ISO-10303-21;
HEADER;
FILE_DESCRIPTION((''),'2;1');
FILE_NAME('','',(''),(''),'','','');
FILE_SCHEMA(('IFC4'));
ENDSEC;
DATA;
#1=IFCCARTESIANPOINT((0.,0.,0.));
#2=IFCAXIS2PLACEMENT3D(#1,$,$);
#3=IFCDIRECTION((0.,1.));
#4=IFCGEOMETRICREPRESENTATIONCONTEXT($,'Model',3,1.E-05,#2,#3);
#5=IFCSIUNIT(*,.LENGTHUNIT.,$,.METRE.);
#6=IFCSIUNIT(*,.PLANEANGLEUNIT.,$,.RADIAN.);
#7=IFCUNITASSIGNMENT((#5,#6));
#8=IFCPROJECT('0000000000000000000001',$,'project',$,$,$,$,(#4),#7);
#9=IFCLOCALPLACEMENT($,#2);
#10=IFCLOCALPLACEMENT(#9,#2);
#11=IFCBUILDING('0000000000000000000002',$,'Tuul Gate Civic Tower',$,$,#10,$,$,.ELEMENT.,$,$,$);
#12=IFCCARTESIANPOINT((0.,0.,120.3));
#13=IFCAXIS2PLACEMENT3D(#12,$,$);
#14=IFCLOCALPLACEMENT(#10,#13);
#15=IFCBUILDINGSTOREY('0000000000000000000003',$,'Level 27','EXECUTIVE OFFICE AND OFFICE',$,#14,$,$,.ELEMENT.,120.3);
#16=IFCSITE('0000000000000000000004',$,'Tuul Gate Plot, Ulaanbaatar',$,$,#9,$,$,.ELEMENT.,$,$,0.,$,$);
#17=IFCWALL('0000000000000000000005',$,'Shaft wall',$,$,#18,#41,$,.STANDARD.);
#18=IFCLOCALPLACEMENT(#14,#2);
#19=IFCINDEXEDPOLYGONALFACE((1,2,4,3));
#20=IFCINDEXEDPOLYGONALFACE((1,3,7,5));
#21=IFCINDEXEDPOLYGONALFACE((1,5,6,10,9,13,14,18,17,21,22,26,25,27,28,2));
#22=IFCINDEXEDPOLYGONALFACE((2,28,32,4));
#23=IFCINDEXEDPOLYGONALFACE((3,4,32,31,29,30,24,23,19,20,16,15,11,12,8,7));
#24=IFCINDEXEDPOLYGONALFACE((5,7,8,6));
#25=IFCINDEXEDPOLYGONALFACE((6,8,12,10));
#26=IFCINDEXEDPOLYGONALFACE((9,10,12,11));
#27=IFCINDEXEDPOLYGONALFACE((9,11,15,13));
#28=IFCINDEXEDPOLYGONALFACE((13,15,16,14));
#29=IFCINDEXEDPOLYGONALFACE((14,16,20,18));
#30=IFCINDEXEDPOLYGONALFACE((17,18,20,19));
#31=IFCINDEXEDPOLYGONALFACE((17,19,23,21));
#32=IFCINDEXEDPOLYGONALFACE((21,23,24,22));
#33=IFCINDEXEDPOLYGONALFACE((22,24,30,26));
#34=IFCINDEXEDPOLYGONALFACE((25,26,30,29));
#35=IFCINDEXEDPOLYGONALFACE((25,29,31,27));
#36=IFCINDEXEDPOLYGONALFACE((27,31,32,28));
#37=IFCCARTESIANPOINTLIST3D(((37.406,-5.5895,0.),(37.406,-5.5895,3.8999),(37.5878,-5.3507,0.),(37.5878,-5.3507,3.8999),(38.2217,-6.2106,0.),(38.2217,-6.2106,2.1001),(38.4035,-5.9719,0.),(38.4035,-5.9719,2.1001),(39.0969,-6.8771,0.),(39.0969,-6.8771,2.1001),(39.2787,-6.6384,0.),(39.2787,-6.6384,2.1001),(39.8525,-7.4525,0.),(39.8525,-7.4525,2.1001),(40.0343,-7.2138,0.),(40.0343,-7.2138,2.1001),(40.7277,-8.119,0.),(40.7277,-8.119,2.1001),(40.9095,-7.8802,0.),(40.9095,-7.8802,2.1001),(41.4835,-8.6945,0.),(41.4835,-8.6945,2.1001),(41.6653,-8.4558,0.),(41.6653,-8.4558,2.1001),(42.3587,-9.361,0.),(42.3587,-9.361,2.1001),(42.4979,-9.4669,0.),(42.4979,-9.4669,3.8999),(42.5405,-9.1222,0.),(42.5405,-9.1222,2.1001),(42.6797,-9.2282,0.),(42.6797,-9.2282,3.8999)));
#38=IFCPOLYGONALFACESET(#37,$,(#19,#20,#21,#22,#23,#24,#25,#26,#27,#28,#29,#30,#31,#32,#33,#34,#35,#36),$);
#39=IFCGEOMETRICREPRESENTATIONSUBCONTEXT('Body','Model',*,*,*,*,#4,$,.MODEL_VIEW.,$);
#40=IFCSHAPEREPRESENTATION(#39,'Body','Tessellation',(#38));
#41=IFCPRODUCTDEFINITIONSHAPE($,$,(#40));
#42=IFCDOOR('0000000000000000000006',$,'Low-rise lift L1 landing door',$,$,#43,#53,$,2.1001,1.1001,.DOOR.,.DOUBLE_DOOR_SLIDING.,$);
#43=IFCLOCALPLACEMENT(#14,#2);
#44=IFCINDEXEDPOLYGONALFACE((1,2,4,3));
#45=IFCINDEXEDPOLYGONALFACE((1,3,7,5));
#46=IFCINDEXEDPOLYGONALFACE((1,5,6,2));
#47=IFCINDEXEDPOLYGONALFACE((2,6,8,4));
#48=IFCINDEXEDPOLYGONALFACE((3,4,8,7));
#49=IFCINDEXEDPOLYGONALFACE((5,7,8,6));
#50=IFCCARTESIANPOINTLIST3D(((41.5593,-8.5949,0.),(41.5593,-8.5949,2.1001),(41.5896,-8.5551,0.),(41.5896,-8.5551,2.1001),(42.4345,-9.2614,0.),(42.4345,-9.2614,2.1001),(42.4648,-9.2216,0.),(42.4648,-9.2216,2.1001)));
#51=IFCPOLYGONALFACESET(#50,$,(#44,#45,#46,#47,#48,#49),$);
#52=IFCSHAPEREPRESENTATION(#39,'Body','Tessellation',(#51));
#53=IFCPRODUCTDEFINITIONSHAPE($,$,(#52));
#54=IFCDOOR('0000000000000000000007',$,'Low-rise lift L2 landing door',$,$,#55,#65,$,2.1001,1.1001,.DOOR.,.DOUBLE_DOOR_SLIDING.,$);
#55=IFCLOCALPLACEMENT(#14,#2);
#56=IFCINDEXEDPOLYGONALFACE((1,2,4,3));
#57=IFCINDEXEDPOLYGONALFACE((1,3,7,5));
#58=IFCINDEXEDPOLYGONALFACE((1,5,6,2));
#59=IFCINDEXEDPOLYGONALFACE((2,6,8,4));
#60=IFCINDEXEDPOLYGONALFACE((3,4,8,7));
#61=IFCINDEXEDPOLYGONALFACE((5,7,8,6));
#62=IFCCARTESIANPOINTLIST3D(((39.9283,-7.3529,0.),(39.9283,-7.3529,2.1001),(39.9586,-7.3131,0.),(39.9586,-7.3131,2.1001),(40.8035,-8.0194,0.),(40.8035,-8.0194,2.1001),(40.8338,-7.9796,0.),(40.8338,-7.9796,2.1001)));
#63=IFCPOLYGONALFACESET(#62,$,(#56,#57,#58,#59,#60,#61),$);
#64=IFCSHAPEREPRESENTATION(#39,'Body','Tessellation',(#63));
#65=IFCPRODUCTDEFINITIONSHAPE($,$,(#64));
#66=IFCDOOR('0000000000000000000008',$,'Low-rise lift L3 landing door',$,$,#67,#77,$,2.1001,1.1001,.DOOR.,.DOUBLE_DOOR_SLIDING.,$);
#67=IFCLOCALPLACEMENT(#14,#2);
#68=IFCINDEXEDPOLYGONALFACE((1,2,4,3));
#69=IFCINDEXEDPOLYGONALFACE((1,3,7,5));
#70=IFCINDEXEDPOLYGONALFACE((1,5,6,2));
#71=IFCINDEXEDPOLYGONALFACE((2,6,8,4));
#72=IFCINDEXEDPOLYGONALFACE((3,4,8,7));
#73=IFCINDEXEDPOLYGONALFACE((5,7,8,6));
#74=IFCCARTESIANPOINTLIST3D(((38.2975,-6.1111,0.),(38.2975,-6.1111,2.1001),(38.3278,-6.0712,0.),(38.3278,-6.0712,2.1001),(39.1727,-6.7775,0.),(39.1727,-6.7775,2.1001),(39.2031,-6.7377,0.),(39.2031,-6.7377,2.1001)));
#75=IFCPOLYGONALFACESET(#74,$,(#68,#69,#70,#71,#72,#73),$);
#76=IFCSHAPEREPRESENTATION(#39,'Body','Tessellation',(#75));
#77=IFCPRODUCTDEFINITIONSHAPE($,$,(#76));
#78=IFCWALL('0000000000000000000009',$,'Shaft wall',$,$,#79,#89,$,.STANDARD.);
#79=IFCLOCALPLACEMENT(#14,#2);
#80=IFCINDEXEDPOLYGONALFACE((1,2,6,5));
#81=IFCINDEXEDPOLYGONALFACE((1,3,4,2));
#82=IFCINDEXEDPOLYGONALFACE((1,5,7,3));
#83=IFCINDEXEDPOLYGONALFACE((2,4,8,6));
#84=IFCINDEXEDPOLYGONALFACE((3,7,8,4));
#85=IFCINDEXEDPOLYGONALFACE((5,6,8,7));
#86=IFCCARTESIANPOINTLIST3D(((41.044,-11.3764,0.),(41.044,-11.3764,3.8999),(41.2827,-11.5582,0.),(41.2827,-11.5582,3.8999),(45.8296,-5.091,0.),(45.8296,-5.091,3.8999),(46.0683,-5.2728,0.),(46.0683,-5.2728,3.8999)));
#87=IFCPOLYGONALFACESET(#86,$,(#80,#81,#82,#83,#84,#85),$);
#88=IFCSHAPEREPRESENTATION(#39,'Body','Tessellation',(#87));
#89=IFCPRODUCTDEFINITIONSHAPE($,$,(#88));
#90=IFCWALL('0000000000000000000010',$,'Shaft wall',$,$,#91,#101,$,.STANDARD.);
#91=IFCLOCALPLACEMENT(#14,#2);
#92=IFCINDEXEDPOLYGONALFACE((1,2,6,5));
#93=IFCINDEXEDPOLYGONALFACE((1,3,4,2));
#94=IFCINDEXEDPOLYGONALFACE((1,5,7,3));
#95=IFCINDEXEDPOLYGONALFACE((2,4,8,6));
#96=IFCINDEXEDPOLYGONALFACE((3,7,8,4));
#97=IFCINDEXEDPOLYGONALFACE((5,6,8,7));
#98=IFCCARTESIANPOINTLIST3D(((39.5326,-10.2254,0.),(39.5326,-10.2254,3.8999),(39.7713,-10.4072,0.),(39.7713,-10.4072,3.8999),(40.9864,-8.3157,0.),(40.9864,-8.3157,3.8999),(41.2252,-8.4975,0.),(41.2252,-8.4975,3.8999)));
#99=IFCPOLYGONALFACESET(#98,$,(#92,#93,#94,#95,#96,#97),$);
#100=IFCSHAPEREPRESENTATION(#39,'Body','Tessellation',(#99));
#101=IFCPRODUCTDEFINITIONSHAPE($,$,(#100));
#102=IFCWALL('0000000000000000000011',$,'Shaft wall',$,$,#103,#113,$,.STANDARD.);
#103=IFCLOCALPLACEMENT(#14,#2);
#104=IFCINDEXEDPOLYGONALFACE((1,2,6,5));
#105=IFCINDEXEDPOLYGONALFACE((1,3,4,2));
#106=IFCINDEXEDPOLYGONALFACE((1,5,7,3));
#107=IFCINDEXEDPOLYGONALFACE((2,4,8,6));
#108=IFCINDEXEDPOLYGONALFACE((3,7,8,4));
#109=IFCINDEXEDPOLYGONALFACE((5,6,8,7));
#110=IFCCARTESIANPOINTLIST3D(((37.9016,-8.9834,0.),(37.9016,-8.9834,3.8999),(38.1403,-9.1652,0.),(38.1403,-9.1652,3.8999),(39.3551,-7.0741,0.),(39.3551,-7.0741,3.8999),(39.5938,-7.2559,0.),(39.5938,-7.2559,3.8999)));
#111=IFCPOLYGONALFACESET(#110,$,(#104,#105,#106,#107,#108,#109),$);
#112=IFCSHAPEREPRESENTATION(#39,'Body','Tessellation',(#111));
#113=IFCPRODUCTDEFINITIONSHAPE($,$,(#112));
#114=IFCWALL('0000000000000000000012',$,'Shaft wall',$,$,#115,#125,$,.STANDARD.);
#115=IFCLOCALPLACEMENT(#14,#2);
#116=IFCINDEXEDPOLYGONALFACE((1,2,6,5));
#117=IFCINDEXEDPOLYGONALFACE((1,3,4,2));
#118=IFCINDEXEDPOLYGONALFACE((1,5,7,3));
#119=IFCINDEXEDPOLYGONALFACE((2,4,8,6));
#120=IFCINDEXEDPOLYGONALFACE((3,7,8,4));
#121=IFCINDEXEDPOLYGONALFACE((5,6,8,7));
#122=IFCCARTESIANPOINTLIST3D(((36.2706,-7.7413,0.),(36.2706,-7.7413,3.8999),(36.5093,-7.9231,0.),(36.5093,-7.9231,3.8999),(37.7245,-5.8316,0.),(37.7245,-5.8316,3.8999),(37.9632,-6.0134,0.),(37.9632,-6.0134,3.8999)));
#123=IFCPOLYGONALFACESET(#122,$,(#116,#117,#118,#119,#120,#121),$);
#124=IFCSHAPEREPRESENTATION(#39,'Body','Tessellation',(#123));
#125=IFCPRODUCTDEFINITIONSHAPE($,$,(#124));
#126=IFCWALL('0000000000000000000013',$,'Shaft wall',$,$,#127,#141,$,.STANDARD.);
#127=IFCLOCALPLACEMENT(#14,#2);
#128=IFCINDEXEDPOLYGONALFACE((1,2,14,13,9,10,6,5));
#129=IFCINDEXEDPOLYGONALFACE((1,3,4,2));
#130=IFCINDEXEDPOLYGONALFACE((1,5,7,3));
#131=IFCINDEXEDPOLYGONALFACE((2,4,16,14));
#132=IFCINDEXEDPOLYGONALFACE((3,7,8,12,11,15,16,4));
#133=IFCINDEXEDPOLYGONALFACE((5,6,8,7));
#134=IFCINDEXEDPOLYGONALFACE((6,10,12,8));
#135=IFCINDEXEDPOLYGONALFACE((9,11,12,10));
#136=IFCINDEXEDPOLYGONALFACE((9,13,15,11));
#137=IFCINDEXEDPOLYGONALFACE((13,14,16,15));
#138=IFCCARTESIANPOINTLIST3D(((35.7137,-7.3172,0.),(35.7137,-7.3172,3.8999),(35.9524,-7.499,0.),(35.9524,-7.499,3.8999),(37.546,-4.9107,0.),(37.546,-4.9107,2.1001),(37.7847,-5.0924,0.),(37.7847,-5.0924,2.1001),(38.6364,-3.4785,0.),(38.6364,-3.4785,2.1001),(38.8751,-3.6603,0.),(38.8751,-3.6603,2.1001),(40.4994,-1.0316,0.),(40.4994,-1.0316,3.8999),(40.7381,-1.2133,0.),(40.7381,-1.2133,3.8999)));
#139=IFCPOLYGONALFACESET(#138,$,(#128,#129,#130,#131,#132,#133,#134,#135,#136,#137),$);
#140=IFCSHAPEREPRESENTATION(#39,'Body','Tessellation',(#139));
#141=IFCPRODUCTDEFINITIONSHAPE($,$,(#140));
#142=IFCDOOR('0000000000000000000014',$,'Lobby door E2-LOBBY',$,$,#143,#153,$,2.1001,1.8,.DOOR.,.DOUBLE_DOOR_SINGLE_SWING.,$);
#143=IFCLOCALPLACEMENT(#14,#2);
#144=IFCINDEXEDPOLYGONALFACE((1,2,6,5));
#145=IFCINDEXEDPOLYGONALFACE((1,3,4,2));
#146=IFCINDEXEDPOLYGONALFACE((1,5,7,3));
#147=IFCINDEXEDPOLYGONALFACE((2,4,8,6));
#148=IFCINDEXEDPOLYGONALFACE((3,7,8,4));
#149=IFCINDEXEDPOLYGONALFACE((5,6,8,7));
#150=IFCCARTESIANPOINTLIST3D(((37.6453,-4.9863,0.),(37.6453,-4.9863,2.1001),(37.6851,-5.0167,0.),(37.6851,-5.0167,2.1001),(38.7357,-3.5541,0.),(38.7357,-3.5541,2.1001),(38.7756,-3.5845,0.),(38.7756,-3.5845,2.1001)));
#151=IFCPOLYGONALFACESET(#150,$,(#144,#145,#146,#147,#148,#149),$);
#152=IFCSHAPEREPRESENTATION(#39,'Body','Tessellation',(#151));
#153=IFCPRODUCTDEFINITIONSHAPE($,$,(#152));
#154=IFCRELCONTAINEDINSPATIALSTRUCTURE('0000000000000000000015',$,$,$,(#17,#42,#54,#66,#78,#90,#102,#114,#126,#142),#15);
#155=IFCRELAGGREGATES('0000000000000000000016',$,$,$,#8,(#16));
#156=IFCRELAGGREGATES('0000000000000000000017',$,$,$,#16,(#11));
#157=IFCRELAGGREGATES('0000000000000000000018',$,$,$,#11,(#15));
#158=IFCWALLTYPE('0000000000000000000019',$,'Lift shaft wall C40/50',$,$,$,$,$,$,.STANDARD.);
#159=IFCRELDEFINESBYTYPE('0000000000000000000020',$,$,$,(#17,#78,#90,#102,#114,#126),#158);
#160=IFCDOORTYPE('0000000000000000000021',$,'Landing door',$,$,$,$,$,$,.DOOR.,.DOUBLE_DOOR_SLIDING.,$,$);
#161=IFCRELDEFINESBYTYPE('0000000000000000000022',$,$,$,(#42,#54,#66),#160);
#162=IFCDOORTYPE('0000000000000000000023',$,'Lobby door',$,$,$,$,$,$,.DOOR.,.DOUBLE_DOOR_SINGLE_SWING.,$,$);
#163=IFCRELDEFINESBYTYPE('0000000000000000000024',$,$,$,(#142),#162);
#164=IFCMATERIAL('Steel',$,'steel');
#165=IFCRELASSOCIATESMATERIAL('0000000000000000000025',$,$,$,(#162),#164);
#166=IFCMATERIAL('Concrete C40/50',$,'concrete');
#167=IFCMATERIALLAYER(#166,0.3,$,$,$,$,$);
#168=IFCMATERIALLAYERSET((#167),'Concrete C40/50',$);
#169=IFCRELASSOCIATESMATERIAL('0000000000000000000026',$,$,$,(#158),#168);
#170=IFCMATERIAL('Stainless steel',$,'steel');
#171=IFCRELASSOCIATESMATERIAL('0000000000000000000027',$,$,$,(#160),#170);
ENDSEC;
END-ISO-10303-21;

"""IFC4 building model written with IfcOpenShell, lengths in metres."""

from ifc_helpers import new_model, si_unit, direction, frame, frame_2d, origin, place, context, subcontext, project, spatial, rectangle, extrude, material, layer, layer_set, type_object, element, fill, save


model = new_model("IFC4")

# Units and contexts
model_context = context("Model", 3, precision=1e-05, world=origin(), true_north=direction((0.0, 1.0)))
body_context = subcontext(model_context, "Body", "Model", "MODEL_VIEW")
ifc_project = project(units=[si_unit("LENGTHUNIT", "METRE"), si_unit("PLANEANGLEUNIT", "RADIAN")], contexts=[model_context])

# Site, building, storey
site_placement = place(None, origin())
site = spatial("IfcSite", under=ifc_project, at=site_placement, Name="Tuul Gate Plot, Ulaanbaatar", CompositionType="ELEMENT", RefElevation=0.0)
building_placement = place(site_placement, origin())
building = spatial("IfcBuilding", under=site, at=building_placement, Name="Tuul Gate Civic Tower", CompositionType="ELEMENT")
storey_placement = place(building_placement, frame((0.0, 0.0, 120.3)))
storey = spatial("IfcBuildingStorey", under=building, at=storey_placement, Name="Level 27", Description="EXECUTIVE OFFICE AND OFFICE", CompositionType="ELEMENT", Elevation=120.3)

# Shared definitions
ifc_material_1 = material(Name="Steel", Category="steel")
door_type_1 = type_object("IfcDoorType", Name="Lobby door", OperationType="DOUBLE_DOOR_SINGLE_SWING", PredefinedType="DOOR", material=ifc_material_1)

# Shared definitions
ifc_material_2 = material(Name="Concrete C40/50", Category="concrete")
ifc_layer_1 = layer(ifc_material_2, 0.3)
ifc_layer_set_1 = layer_set([ifc_layer_1], Name="Concrete C40/50")
wall_type_1 = type_object("IfcWallType", Name="Lift shaft wall C40/50", PredefinedType="STANDARD", material=ifc_layer_set_1)

# Wall, openings, doors
wall_1_placement = place(storey_placement, frame((42.5889, -9.3477, 0.0), z_axis=(0.0, 0.0, 1.0), x_axis=(-0.795584, 0.605843, 0.0)))
wall_1 = element("IfcWall", 1, at=wall_1_placement, inside=storey, type_object=wall_type_1, Name="Shaft wall", PredefinedType="STANDARD", context=body_context, shape_type="SweptSolid", body=[
    extrude(rectangle(XDim=6.4001, YDim=0.3, at=frame_2d((3.2002, 0.0))), origin(), (0.0, 0.0, 1.0), 3.8999),
])
opening_1_placement = place(wall_1_placement, frame((0.175, 0.0, 0.0)))
opening_1 = element("IfcOpeningElement", 2, at=opening_1_placement, cuts=wall_1, PredefinedType="OPENING", context=body_context, shape_type="SweptSolid", body=[
    extrude(rectangle(XDim=1.1001, YDim=2.1001, at=frame_2d((0.55, 1.05))), frame((0.0, 0.1602, 0.0), z_axis=(0.0, -1.0, 0.0), x_axis=(1.0, 0.0, 0.0)), (0.0, 0.0, 1.0), 0.3201),
])
opening_2_placement = place(wall_1_placement, frame((2.2251, 0.0, 0.0)))
opening_2 = element("IfcOpeningElement", 3, at=opening_2_placement, cuts=wall_1, PredefinedType="OPENING", context=body_context, shape_type="SweptSolid", body=[
    extrude(rectangle(XDim=1.1001, YDim=2.1001, at=frame_2d((0.55, 1.05))), frame((0.0, 0.1602, 0.0), z_axis=(0.0, -1.0, 0.0), x_axis=(1.0, 0.0, 0.0)), (0.0, 0.0, 1.0), 0.3201),
])
opening_3_placement = place(wall_1_placement, frame((4.2749, 0.0, 0.0)))
opening_3 = element("IfcOpeningElement", 4, at=opening_3_placement, cuts=wall_1, PredefinedType="OPENING", context=body_context, shape_type="SweptSolid", body=[
    extrude(rectangle(XDim=1.1001, YDim=2.1001, at=frame_2d((0.55, 1.05))), frame((0.0, 0.1602, 0.0), z_axis=(0.0, -1.0, 0.0), x_axis=(1.0, 0.0, 0.0)), (0.0, 0.0, 1.0), 0.3201),
])
ifc_material_3 = material(Name="Stainless steel", Category="steel")
door_type_2 = type_object("IfcDoorType", Name="Landing door", OperationType="DOUBLE_DOOR_SLIDING", PredefinedType="DOOR", material=ifc_material_3)
door_1_placement = place(opening_1_placement, origin())
door_1 = element("IfcDoor", 5, at=door_1_placement, inside=storey, type_object=door_type_2, Name="Low-rise lift L1 landing door", OperationType="DOUBLE_DOOR_SLIDING", OverallHeight=2.1001, OverallWidth=1.1001, PredefinedType="DOOR", context=body_context, shape_type="SweptSolid", body=[
    extrude(rectangle(XDim=1.1001, YDim=2.1001, at=frame_2d((0.55, 1.05))), frame((0.0, 0.0249, 0.0), z_axis=(0.0, -1.0, 0.0), x_axis=(1.0, 0.0, 0.0)), (0.0, 0.0, 1.0), 0.05),
])
fill(opening_1, door_1)
door_2_placement = place(opening_2_placement, origin())
door_2 = element("IfcDoor", 6, at=door_2_placement, inside=storey, type_object=door_type_2, Name="Low-rise lift L2 landing door", OperationType="DOUBLE_DOOR_SLIDING", OverallHeight=2.1001, OverallWidth=1.1001, PredefinedType="DOOR", context=body_context, shape_type="SweptSolid", body=[
    extrude(rectangle(XDim=1.1001, YDim=2.1001, at=frame_2d((0.55, 1.05))), frame((0.0, 0.0249, 0.0), z_axis=(0.0, -1.0, 0.0), x_axis=(1.0, 0.0, 0.0)), (0.0, 0.0, 1.0), 0.05),
])
fill(opening_2, door_2)
door_3_placement = place(opening_3_placement, origin())
door_3 = element("IfcDoor", 7, at=door_3_placement, inside=storey, type_object=door_type_2, Name="Low-rise lift L3 landing door", OperationType="DOUBLE_DOOR_SLIDING", OverallHeight=2.1001, OverallWidth=1.1001, PredefinedType="DOOR", context=body_context, shape_type="SweptSolid", body=[
    extrude(rectangle(XDim=1.1001, YDim=2.1001, at=frame_2d((0.55, 1.05))), frame((0.0, 0.0249, 0.0), z_axis=(0.0, -1.0, 0.0), x_axis=(1.0, 0.0, 0.0)), (0.0, 0.0, 1.0), 0.05),
])
fill(opening_3, door_3)

# Walls
wall_2_placement = place(storey_placement, frame((41.1633, -11.4673, 0.0), z_axis=(0.0, 0.0, 1.0), x_axis=(0.605784, 0.795629, 0.0)))
element("IfcWall", 8, at=wall_2_placement, inside=storey, type_object=wall_type_1, Name="Shaft wall", PredefinedType="STANDARD", context=body_context, shape_type="SweptSolid", body=[
    extrude(rectangle(XDim=7.8999, YDim=0.3, at=frame_2d((3.95, 0.0))), origin(), (0.0, 0.0, 1.0), 3.8999),
])
wall_3_placement = place(storey_placement, frame((39.6519, -10.3164, 0.0), z_axis=(0.0, 0.0, 1.0), x_axis=(0.605746, 0.795658, 0.0)))
element("IfcWall", 9, at=wall_3_placement, inside=storey, type_object=wall_type_1, Name="Shaft wall", PredefinedType="STANDARD", context=body_context, shape_type="SweptSolid", body=[
    extrude(rectangle(XDim=2.4001, YDim=0.3, at=frame_2d((1.2002, 0.0))), origin(), (0.0, 0.0, 1.0), 3.8999),
])
wall_4_placement = place(storey_placement, frame((38.021, -9.0742, 0.0), z_axis=(0.0, 0.0, 1.0), x_axis=(0.605731, 0.79567, 0.0)))
element("IfcWall", 10, at=wall_4_placement, inside=storey, type_object=wall_type_1, Name="Shaft wall", PredefinedType="STANDARD", context=body_context, shape_type="SweptSolid", body=[
    extrude(rectangle(XDim=2.3997, YDim=0.3, at=frame_2d((1.1997, 0.0))), origin(), (0.0, 0.0, 1.0), 3.8999),
])
wall_5_placement = place(storey_placement, frame((36.3899, -7.8323, 0.0), z_axis=(0.0, 0.0, 1.0), x_axis=(0.605746, 0.795658, 0.0)))
element("IfcWall", 11, at=wall_5_placement, inside=storey, type_object=wall_type_1, Name="Shaft wall", PredefinedType="STANDARD", context=body_context, shape_type="SweptSolid", body=[
    extrude(rectangle(XDim=2.4001, YDim=0.3, at=frame_2d((1.2002, 0.0))), origin(), (0.0, 0.0, 1.0), 3.8999),
])

# Wall, opening, door
wall_6_placement = place(storey_placement, frame((35.833, -7.4082, 0.0), z_axis=(0.0, 0.0, 1.0), x_axis=(0.605769, 0.79564, 0.0)))
wall_6 = element("IfcWall", 12, at=wall_6_placement, inside=storey, type_object=wall_type_1, Name="Shaft wall", PredefinedType="STANDARD", context=body_context, shape_type="SweptSolid", body=[
    extrude(rectangle(XDim=7.9001, YDim=0.3, at=frame_2d((3.9502, 0.0))), origin(), (0.0, 0.0, 1.0), 3.8999),
])
opening_4_placement = place(wall_6_placement, frame((3.0249, 0.0, 0.0)))
opening_4 = element("IfcOpeningElement", 13, at=opening_4_placement, cuts=wall_6, PredefinedType="OPENING", context=body_context, shape_type="SweptSolid", body=[
    extrude(rectangle(XDim=1.8, YDim=2.1001, at=frame_2d((0.8999, 1.05))), frame((0.0, 0.1602, 0.0), z_axis=(0.0, -1.0, 0.0), x_axis=(1.0, 0.0, 0.0)), (0.0, 0.0, 1.0), 0.3201),
])
door_4_placement = place(opening_4_placement, frame((1.8, 0.0, 0.0), z_axis=(0.0, 0.0, 1.0), x_axis=(-1.0, 0.0, 0.0)))
door_4 = element("IfcDoor", 14, at=door_4_placement, inside=storey, type_object=door_type_1, Name="Lobby door E2-LOBBY", OperationType="DOUBLE_DOOR_SINGLE_SWING", OverallHeight=2.1001, OverallWidth=1.8, PredefinedType="DOOR", context=body_context, shape_type="SweptSolid", body=[
    extrude(rectangle(XDim=1.8, YDim=2.1001, at=frame_2d((0.9001, 1.05))), frame((0.0, 0.0249, 0.0), z_axis=(0.0, -1.0, 0.0), x_axis=(1.0, 0.0, 0.0)), (0.0, 0.0, 1.0), 0.05),
])
fill(opening_4, door_4)

save(model, "model.ifc")
